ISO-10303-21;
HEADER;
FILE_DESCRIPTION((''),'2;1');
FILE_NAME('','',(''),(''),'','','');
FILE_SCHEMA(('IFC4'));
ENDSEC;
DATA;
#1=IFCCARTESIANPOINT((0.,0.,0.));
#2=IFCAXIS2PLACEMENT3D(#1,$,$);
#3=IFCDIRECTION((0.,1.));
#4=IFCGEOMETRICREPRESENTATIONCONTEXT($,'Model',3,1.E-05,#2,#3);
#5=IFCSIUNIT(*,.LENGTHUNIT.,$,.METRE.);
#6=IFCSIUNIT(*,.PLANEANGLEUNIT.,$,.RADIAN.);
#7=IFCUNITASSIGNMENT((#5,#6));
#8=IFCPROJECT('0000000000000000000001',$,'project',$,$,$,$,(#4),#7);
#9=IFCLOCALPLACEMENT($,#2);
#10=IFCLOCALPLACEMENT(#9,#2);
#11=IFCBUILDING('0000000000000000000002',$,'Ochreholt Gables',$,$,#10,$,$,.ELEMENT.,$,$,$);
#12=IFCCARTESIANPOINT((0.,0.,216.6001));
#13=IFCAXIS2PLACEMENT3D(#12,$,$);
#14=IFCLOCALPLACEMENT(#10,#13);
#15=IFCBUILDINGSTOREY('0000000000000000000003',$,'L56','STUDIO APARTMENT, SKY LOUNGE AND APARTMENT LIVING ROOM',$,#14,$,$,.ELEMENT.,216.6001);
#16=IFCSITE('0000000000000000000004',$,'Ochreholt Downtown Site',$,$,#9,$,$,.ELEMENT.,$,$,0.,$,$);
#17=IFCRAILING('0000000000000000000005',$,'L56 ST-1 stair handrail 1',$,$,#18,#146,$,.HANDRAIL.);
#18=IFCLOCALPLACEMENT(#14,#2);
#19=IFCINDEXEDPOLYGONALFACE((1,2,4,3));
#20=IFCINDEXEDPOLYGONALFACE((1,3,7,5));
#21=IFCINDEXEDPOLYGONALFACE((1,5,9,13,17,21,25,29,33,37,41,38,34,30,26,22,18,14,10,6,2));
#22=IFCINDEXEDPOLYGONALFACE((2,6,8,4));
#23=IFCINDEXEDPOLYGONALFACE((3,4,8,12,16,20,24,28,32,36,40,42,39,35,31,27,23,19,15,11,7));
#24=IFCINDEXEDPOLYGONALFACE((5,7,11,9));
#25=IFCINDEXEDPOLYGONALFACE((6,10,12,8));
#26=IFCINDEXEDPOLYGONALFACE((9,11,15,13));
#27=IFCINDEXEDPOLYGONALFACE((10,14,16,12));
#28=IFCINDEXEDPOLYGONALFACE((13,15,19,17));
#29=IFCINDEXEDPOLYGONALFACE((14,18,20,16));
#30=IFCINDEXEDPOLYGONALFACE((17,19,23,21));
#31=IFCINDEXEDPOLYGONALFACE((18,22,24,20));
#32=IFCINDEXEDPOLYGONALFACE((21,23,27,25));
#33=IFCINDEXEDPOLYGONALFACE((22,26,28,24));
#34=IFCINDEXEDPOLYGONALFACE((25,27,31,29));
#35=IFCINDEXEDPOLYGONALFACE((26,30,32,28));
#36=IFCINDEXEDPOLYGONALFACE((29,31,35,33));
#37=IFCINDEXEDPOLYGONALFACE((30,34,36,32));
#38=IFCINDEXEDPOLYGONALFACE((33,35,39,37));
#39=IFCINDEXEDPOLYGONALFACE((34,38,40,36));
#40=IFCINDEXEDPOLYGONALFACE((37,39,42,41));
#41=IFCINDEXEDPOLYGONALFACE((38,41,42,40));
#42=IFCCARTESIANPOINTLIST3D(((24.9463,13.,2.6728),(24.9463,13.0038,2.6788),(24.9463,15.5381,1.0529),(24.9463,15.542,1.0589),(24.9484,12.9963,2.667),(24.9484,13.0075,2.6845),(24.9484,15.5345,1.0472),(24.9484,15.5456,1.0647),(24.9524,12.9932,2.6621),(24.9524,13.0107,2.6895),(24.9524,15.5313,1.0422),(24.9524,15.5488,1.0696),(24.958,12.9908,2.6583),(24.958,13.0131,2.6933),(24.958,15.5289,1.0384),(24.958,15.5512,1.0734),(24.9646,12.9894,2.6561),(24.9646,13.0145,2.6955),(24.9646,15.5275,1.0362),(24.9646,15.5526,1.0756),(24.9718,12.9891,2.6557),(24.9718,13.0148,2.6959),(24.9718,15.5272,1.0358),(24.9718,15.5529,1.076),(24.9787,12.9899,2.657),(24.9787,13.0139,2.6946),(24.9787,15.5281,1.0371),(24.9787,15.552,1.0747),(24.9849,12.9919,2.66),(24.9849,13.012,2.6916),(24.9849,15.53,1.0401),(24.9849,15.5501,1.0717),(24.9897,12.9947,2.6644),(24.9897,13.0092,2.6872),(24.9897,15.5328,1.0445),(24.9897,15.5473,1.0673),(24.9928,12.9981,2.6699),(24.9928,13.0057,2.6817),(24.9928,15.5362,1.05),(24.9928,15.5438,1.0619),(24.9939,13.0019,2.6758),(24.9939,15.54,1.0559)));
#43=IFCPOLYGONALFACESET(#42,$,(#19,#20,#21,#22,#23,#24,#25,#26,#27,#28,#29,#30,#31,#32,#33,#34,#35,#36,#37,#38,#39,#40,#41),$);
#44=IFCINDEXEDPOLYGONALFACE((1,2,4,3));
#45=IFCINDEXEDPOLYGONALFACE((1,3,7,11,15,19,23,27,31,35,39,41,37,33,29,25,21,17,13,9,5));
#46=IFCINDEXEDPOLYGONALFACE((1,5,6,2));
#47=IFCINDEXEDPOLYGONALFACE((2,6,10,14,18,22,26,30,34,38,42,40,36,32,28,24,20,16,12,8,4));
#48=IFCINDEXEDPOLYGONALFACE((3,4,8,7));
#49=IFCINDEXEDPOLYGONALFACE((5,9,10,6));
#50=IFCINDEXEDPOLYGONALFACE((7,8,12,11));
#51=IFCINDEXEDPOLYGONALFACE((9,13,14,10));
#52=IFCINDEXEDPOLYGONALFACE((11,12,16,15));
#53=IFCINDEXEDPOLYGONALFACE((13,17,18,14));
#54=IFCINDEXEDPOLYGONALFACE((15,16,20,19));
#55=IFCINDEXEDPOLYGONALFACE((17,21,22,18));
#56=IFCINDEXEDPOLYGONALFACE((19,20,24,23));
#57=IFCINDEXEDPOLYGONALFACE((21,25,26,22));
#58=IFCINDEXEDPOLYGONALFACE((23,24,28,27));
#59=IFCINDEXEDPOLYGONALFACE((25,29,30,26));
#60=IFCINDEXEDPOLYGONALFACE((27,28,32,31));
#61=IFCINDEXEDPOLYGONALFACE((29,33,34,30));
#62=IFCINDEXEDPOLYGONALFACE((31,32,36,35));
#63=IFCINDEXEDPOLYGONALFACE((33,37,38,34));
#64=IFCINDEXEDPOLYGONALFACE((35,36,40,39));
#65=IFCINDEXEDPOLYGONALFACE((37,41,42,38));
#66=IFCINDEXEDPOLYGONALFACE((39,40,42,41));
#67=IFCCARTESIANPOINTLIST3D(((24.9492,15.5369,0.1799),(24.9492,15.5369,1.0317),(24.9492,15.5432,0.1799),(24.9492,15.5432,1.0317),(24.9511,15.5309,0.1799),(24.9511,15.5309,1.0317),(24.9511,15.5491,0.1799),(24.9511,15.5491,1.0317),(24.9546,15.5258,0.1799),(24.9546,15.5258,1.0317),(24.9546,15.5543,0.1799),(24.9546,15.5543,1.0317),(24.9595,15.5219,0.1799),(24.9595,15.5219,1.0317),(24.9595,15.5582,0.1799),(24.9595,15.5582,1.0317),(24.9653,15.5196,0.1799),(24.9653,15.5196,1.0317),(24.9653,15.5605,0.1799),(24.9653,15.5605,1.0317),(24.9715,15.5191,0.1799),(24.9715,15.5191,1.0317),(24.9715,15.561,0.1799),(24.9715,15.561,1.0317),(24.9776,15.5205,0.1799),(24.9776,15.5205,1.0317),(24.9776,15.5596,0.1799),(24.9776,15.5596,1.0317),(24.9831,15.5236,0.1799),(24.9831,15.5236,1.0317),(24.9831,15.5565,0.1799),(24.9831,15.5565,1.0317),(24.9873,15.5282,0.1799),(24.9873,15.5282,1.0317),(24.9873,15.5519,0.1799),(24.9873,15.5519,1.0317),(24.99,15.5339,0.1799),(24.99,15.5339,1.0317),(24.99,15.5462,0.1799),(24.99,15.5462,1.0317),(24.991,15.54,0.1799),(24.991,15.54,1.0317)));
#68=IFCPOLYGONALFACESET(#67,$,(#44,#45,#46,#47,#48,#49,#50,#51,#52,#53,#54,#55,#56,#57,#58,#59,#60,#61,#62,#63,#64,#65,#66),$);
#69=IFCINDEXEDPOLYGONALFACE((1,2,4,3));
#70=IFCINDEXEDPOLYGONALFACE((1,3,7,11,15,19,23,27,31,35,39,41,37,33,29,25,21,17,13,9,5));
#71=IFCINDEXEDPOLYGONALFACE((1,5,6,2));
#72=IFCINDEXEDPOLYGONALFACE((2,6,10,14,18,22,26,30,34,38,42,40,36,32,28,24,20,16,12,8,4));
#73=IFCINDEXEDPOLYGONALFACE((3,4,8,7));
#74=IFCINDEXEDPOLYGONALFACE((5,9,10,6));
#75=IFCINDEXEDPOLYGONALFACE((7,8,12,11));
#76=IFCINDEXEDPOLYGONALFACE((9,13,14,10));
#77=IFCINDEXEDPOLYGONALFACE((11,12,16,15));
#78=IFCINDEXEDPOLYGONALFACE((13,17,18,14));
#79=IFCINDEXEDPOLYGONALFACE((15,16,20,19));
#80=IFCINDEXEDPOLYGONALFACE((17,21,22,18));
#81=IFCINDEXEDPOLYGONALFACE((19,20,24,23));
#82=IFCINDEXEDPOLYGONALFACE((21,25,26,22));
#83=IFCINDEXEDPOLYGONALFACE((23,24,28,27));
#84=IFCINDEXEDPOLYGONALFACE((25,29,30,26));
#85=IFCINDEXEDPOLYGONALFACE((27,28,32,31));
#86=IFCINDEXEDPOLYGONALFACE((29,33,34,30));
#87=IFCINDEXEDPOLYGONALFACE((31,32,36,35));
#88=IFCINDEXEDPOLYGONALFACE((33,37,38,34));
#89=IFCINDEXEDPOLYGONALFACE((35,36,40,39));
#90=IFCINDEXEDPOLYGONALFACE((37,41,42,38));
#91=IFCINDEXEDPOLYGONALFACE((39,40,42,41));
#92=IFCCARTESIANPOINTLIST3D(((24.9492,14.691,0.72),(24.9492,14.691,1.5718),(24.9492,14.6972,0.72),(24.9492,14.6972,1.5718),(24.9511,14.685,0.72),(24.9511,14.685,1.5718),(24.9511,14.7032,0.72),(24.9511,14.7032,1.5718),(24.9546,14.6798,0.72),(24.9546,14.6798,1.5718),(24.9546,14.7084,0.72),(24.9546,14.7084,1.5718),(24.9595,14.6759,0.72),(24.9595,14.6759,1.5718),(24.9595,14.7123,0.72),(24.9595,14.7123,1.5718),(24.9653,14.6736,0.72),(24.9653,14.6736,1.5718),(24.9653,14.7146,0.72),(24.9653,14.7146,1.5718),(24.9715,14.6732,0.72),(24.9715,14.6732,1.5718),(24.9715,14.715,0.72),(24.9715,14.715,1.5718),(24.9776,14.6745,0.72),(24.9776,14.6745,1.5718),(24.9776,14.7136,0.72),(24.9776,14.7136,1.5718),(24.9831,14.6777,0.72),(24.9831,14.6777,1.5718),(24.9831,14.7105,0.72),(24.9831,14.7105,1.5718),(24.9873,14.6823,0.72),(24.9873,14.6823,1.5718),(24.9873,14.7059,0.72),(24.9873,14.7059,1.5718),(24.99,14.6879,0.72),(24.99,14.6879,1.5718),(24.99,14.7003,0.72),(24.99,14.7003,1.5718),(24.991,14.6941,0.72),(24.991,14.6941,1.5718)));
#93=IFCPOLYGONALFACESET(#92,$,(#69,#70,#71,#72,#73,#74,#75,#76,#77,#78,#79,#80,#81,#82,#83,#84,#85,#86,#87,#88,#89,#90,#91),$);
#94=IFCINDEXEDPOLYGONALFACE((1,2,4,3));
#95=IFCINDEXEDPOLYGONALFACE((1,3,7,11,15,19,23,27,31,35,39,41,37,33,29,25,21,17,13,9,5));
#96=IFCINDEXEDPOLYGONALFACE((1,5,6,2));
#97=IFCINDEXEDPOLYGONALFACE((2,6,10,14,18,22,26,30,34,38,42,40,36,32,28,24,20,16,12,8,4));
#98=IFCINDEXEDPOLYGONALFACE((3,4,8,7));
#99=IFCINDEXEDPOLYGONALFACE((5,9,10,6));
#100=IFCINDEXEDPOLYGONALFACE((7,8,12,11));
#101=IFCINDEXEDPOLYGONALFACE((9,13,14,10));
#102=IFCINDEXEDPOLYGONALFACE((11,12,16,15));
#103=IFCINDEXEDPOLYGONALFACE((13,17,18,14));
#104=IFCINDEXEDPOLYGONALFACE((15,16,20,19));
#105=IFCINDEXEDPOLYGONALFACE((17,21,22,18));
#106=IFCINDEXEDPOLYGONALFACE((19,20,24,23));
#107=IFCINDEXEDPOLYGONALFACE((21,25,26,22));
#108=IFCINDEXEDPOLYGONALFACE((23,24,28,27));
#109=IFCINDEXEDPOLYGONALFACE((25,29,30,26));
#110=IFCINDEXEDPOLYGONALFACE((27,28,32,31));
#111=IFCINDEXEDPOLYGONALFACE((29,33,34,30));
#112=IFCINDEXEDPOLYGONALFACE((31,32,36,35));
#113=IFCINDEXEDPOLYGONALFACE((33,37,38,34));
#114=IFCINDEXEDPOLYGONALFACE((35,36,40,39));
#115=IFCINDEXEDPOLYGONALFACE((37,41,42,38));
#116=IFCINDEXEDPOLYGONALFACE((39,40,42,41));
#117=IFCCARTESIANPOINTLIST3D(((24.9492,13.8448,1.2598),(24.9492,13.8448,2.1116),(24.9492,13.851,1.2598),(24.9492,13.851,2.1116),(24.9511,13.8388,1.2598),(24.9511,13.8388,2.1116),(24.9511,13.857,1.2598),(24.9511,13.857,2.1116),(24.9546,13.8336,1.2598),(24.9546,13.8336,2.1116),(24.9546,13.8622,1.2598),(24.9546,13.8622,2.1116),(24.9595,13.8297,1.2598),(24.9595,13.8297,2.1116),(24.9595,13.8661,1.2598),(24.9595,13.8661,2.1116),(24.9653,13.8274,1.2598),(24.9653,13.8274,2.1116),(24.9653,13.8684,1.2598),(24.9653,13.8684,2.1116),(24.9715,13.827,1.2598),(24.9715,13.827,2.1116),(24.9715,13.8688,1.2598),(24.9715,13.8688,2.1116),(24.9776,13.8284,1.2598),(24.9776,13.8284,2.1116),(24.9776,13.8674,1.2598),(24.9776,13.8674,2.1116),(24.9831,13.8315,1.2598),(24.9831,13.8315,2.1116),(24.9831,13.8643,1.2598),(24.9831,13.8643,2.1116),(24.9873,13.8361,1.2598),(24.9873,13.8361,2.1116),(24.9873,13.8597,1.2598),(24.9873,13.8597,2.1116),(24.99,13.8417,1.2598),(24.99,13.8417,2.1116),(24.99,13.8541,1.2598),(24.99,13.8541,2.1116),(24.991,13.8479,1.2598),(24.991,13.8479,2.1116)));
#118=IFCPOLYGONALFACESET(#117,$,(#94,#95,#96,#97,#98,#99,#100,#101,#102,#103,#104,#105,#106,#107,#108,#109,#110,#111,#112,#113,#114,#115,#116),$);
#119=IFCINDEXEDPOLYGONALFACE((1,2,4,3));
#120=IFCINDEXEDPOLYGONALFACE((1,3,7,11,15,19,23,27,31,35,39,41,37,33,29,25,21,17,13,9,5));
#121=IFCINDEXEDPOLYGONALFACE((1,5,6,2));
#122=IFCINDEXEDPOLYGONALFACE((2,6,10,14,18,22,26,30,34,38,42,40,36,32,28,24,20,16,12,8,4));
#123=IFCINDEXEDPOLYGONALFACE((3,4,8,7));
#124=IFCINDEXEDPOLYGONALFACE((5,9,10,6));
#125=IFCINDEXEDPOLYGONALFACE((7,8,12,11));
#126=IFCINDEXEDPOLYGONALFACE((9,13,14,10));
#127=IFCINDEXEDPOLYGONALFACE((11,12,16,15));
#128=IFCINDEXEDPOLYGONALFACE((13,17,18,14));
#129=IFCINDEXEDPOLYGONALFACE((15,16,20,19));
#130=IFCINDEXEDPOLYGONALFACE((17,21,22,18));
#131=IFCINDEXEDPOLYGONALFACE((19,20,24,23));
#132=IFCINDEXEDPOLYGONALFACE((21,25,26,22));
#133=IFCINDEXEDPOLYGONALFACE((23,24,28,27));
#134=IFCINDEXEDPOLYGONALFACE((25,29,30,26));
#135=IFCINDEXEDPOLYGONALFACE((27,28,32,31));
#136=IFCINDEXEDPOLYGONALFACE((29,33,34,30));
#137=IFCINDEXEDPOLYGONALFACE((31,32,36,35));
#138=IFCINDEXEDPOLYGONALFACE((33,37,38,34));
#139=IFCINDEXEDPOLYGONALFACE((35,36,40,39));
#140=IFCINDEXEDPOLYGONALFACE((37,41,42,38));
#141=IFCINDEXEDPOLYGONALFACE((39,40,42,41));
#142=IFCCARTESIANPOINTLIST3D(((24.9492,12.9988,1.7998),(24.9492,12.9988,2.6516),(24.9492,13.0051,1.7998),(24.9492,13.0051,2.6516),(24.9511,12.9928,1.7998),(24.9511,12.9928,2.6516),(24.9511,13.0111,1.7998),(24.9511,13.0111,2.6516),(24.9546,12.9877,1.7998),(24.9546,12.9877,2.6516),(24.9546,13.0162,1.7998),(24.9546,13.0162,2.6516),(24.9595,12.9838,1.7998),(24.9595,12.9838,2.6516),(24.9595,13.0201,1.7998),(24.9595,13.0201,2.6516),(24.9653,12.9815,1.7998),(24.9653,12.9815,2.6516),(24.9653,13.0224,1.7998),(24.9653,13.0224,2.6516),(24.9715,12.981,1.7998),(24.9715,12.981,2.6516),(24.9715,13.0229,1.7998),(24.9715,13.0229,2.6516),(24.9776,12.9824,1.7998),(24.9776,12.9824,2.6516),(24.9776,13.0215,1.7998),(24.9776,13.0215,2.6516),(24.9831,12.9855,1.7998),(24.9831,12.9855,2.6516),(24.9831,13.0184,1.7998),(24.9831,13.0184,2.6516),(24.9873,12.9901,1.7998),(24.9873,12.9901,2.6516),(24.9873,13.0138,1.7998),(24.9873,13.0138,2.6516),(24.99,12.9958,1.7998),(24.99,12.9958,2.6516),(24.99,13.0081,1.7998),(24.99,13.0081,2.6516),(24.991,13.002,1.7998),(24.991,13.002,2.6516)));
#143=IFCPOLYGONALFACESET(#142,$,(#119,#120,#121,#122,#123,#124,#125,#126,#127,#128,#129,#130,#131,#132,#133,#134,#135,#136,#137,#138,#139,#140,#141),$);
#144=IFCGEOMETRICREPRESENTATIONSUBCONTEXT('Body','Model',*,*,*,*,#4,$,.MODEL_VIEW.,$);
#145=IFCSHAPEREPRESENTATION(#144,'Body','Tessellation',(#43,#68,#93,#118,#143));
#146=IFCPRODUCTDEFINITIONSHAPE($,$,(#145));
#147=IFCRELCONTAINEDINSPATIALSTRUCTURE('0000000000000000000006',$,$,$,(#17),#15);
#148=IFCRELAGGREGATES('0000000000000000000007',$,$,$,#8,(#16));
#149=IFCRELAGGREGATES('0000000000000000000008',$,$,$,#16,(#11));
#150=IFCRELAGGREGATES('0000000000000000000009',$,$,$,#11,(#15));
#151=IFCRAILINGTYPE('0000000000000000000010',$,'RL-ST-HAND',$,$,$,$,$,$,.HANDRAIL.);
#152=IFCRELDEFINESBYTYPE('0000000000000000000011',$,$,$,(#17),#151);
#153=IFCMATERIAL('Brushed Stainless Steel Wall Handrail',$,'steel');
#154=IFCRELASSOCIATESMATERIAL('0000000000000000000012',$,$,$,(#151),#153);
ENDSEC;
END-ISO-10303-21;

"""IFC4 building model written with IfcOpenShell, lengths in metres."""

from ifc_helpers import new_model, si_unit, direction, frame, origin, origin_2d, place, context, subcontext, project, spatial, circle, extrude, material, type_object, element, save


model = new_model("IFC4")

# Units and contexts
model_context = context("Model", 3, precision=1e-05, world=origin(), true_north=direction((0.0, 1.0)))
body_context = subcontext(model_context, "Body", "Model", "MODEL_VIEW")
ifc_project = project(units=[si_unit("LENGTHUNIT", "METRE"), si_unit("PLANEANGLEUNIT", "RADIAN")], contexts=[model_context])

# Site, building, storey
site_placement = place(None, origin())
site = spatial("IfcSite", under=ifc_project, at=site_placement, Name="Ochreholt Downtown Site", CompositionType="ELEMENT", RefElevation=0.0)
building_placement = place(site_placement, origin())
building = spatial("IfcBuilding", under=site, at=building_placement, Name="Ochreholt Gables", CompositionType="ELEMENT")
storey_placement = place(building_placement, frame((0.0, 0.0, 216.6001)))
storey = spatial("IfcBuildingStorey", under=building, at=storey_placement, Name="L56", Description="STUDIO APARTMENT, SKY LOUNGE AND APARTMENT LIVING ROOM", CompositionType="ELEMENT", Elevation=216.6001)

# Railing
ifc_material_1 = material(Name="Brushed Stainless Steel Wall Handrail", Category="steel")
railing_type = type_object("IfcRailingType", Name="RL-ST-HAND", PredefinedType="HANDRAIL", material=ifc_material_1)
railing_placement = place(storey_placement, frame((24.97, 15.54, 0.1799)))
element("IfcRailing", 1, at=railing_placement, inside=storey, type_object=railing_type, Name="L56 ST-1 stair handrail 1", PredefinedType="HANDRAIL", context=body_context, shape_type="SweptSolid", body=[
    extrude(circle(Radius=0.0239, at=origin_2d()), frame((0.0, 0.0, 0.876), z_axis=(0.0, -0.84295, 0.537993), x_axis=(1.0, 0.0, 0.0)), (0.0, 0.0, 1.0), 3.011),
    extrude(circle(Radius=0.021, at=origin_2d()), origin(), (0.0, 0.0, 1.0), 0.8518),
    extrude(circle(Radius=0.021, at=origin_2d()), frame((0.0, -0.8459, 0.54)), (0.0, 0.0, 1.0), 0.8518),
    extrude(circle(Radius=0.021, at=origin_2d()), frame((0.0, -1.6921, 1.0798)), (0.0, 0.0, 1.0), 0.8518),
    extrude(circle(Radius=0.021, at=origin_2d()), frame((0.0, -2.5381, 1.6199)), (0.0, 0.0, 1.0), 0.8518),
])

save(model, "model.ifc")
